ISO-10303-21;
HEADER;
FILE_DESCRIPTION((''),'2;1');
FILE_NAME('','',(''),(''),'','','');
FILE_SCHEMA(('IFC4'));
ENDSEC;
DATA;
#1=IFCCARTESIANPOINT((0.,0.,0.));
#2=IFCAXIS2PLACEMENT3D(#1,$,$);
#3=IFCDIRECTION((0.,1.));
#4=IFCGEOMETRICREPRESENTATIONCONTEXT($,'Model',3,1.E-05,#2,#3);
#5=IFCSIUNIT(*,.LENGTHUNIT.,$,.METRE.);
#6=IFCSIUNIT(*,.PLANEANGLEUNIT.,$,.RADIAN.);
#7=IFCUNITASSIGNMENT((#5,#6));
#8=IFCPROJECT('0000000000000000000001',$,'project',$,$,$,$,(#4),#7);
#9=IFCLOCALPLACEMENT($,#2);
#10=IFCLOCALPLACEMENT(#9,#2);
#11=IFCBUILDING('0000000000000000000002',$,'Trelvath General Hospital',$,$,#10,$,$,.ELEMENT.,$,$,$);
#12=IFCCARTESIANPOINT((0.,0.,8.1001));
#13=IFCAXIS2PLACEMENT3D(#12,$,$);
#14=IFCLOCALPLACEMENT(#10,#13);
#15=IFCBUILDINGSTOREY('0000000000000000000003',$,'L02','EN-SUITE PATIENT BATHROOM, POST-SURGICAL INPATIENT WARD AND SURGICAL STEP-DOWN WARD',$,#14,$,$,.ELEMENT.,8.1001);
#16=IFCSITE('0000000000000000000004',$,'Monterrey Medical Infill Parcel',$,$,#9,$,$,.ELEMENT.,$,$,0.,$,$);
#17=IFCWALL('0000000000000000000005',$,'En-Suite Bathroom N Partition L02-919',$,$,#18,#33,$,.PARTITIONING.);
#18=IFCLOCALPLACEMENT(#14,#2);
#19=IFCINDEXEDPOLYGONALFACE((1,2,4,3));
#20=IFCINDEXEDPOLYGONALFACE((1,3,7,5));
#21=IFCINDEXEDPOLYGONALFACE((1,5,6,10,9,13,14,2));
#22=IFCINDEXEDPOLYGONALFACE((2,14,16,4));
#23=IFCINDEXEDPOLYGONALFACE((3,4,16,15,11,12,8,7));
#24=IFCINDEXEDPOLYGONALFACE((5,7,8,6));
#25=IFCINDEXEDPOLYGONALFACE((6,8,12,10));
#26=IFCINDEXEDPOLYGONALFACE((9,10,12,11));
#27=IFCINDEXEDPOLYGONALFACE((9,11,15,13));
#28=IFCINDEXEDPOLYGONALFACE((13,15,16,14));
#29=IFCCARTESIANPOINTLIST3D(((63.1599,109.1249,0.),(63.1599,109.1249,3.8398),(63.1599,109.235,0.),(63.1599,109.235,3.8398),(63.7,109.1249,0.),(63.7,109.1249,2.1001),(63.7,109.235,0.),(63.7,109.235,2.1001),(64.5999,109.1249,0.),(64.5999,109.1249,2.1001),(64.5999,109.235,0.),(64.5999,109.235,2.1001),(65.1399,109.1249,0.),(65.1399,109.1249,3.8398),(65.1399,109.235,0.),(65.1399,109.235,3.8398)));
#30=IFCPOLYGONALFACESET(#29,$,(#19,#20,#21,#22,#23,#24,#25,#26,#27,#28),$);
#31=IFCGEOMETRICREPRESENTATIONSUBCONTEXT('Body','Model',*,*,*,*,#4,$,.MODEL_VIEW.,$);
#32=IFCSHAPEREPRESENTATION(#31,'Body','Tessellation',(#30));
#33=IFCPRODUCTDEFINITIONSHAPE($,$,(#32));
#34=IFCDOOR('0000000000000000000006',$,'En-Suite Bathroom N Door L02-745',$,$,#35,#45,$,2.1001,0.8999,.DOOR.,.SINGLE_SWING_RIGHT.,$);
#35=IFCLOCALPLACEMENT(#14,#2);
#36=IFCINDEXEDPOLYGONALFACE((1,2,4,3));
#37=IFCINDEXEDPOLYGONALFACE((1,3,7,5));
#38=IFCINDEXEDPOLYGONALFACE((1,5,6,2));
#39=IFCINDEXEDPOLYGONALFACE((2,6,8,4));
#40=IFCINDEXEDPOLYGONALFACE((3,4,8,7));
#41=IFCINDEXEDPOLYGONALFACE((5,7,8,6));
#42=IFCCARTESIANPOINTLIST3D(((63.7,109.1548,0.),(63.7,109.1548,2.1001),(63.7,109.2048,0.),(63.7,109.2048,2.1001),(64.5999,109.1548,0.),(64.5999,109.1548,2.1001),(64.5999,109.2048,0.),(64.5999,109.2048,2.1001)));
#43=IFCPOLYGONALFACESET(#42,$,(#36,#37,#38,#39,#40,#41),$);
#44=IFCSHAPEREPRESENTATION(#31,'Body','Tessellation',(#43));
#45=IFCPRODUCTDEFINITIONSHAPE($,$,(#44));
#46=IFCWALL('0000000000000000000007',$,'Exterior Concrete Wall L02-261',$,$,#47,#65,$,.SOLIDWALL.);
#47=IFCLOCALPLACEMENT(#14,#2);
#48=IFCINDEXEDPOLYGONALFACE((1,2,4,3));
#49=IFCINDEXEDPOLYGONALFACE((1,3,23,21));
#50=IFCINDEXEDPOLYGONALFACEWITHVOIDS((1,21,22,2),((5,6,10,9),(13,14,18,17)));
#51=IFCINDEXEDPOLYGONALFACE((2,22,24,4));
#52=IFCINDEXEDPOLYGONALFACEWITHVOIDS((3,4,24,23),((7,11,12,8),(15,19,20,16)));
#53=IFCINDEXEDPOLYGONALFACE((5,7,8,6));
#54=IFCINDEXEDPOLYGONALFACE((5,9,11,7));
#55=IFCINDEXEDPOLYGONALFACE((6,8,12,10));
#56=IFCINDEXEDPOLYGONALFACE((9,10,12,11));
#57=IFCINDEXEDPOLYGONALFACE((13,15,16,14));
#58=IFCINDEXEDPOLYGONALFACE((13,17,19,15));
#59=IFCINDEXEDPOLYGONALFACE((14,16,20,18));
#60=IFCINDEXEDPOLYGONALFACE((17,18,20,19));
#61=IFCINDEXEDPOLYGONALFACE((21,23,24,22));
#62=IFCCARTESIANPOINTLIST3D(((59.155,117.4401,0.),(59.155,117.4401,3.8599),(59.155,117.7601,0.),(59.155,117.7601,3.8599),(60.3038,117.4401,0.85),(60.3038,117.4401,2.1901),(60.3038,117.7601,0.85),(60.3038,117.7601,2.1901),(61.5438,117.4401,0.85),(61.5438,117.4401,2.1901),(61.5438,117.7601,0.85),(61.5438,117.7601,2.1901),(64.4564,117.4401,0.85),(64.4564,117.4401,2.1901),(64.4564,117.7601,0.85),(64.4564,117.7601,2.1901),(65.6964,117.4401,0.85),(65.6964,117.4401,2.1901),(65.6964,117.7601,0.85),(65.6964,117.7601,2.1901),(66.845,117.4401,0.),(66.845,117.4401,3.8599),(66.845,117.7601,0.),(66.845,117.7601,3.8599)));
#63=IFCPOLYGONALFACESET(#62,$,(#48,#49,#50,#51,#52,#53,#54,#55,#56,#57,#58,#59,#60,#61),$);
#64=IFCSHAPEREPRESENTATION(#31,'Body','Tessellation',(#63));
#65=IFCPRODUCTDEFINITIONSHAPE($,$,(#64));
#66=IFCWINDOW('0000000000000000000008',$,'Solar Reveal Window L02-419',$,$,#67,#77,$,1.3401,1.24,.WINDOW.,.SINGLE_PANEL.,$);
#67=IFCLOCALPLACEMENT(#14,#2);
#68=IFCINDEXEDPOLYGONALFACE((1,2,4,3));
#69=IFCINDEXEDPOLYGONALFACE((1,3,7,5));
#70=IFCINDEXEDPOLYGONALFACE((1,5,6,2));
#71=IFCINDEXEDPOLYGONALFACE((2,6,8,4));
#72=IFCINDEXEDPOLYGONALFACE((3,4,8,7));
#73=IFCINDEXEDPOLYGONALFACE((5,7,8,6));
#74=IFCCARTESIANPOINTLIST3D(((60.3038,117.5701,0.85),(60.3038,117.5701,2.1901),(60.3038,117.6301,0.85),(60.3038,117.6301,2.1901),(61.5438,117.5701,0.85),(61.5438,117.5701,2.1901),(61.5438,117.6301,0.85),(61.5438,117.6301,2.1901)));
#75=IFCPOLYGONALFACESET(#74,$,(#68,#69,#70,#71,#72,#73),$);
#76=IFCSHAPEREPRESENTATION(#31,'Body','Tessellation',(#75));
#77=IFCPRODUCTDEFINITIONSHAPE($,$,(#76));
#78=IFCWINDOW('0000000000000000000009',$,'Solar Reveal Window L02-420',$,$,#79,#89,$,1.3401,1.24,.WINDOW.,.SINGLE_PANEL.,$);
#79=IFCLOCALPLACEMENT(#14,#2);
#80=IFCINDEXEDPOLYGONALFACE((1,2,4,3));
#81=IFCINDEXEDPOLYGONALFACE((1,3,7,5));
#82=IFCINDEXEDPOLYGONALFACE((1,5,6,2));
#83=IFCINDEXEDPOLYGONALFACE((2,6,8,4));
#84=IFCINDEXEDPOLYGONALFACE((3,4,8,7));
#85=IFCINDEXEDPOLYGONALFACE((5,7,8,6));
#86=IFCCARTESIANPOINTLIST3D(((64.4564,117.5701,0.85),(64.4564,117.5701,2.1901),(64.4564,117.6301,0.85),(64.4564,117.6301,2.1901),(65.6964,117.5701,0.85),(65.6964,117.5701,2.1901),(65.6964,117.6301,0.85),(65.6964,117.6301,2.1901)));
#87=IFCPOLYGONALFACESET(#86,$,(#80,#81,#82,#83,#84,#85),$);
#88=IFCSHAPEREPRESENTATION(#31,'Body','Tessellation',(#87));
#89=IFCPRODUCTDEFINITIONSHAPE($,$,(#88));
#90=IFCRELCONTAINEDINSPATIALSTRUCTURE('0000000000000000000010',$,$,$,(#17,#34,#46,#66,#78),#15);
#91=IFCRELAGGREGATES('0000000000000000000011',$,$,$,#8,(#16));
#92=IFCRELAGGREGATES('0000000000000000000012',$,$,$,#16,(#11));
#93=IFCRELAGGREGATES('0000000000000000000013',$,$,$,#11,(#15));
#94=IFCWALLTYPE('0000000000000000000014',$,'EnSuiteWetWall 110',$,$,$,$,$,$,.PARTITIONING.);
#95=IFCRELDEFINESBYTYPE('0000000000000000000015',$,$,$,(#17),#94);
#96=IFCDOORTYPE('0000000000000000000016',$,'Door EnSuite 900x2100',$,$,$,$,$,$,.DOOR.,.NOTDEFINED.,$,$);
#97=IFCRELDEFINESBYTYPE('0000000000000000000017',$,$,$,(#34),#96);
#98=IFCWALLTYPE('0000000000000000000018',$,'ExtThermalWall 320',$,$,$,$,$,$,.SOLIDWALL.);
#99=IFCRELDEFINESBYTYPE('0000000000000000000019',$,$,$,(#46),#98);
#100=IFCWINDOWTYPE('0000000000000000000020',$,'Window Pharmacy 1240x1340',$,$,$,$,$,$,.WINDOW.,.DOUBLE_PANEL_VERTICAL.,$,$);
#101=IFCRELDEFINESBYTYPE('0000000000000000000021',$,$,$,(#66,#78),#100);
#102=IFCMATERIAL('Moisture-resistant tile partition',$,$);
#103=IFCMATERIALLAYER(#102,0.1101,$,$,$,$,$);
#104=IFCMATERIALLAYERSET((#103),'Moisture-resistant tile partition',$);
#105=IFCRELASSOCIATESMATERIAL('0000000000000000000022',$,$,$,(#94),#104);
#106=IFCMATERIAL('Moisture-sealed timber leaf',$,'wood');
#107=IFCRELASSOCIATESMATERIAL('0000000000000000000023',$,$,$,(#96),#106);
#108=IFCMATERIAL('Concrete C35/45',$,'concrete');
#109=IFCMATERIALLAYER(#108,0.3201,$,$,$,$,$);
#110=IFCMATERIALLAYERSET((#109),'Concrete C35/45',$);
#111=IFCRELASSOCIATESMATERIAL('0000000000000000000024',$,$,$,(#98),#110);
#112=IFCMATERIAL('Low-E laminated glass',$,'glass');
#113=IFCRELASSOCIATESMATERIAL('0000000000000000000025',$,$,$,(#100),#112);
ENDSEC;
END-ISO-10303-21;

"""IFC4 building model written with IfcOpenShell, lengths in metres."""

from ifc_helpers import new_model, si_unit, direction, frame, frame_2d, origin, place, context, subcontext, project, spatial, rectangle, extrude, material, layer, layer_set, type_object, element, fill, save


model = new_model("IFC4")

# Units and contexts
model_context = context("Model", 3, precision=1e-05, world=origin(), true_north=direction((0.0, 1.0)))
body_context = subcontext(model_context, "Body", "Model", "MODEL_VIEW")
ifc_project = project(units=[si_unit("LENGTHUNIT", "METRE"), si_unit("PLANEANGLEUNIT", "RADIAN")], contexts=[model_context])

# Site, building, storey
site_placement = place(None, origin())
site = spatial("IfcSite", under=ifc_project, at=site_placement, Name="Monterrey Medical Infill Parcel", CompositionType="ELEMENT", RefElevation=0.0)
building_placement = place(site_placement, origin())
building = spatial("IfcBuilding", under=site, at=building_placement, Name="Trelvath General Hospital", CompositionType="ELEMENT")
storey_placement = place(building_placement, frame((0.0, 0.0, 8.1001)))
storey = spatial("IfcBuildingStorey", under=building, at=storey_placement, Name="L02", Description="EN-SUITE PATIENT BATHROOM, POST-SURGICAL INPATIENT WARD AND SURGICAL STEP-DOWN WARD", CompositionType="ELEMENT", Elevation=8.1001)

# Shared definitions
ifc_material_1 = material(Name="Moisture-resistant tile partition")
ifc_layer_1 = layer(ifc_material_1, 0.1101)
ifc_layer_set_1 = layer_set([ifc_layer_1], Name="Moisture-resistant tile partition")
wall_type_1 = type_object("IfcWallType", Name="EnSuiteWetWall 110", PredefinedType="PARTITIONING", material=ifc_layer_set_1)
ifc_material_2 = material(Name="Moisture-sealed timber leaf", Category="wood")
door_type = type_object("IfcDoorType", Name="Door EnSuite 900x2100", OperationType="NOTDEFINED", PredefinedType="DOOR", material=ifc_material_2)

# Wall, opening, door
wall_1_placement = place(storey_placement, frame((63.1599, 109.1799, 0.0), z_axis=(0.0, 0.0, 1.0), x_axis=(1.0, 0.0, 0.0)))
wall_1 = element("IfcWall", 1, at=wall_1_placement, inside=storey, type_object=wall_type_1, Name="En-Suite Bathroom N Partition L02-919", PredefinedType="PARTITIONING", context=body_context, shape_type="SweptSolid", body=[
    extrude(rectangle(XDim=1.98, YDim=0.1101, at=frame_2d((0.99, 0.0))), origin(), (0.0, 0.0, 1.0), 3.8398),
])
opening_1_placement = place(wall_1_placement, frame((0.54, 0.0, 0.0)))
opening_1 = element("IfcOpeningElement", 2, at=opening_1_placement, cuts=wall_1, PredefinedType="OPENING", context=body_context, shape_type="SweptSolid", body=[
    extrude(rectangle(XDim=0.8999, YDim=2.1001, at=frame_2d((0.45, 1.05))), frame((0.0, 0.0649, 0.0), z_axis=(0.0, -1.0, 0.0), x_axis=(1.0, 0.0, 0.0)), (0.0, 0.0, 1.0), 0.1301),
])
door_1_placement = place(opening_1_placement, origin())
door_1 = element("IfcDoor", 3, at=door_1_placement, inside=storey, type_object=door_type, Name="En-Suite Bathroom N Door L02-745", OperationType="SINGLE_SWING_RIGHT", OverallHeight=2.1001, OverallWidth=0.8999, PredefinedType="DOOR", context=body_context, shape_type="SweptSolid", body=[
    extrude(rectangle(XDim=0.8999, YDim=2.1001, at=frame_2d((0.45, 1.05))), frame((0.0, 0.0249, 0.0), z_axis=(0.0, -1.0, 0.0), x_axis=(1.0, 0.0, 0.0)), (0.0, 0.0, 1.0), 0.05),
])
fill(opening_1, door_1)

# Wall, openings, windows
ifc_material_3 = material(Name="Concrete C35/45", Category="concrete")
ifc_layer_2 = layer(ifc_material_3, 0.3201)
ifc_layer_set_2 = layer_set([ifc_layer_2], Name="Concrete C35/45")
wall_type_2 = type_object("IfcWallType", Name="ExtThermalWall 320", PredefinedType="SOLIDWALL", material=ifc_layer_set_2)
wall_2_placement = place(storey_placement, frame((59.155, 117.6001, 0.0), z_axis=(0.0, 0.0, 1.0), x_axis=(1.0, 0.0, 0.0)))
wall_2 = element("IfcWall", 4, at=wall_2_placement, inside=storey, type_object=wall_type_2, Name="Exterior Concrete Wall L02-261", PredefinedType="SOLIDWALL", context=body_context, shape_type="SweptSolid", body=[
    extrude(rectangle(XDim=7.6899, YDim=0.3201, at=frame_2d((3.845, 0.0))), origin(), (0.0, 0.0, 1.0), 3.8599),
])
opening_2_placement = place(wall_2_placement, frame((1.1487, 0.0, 0.8501)))
opening_2 = element("IfcOpeningElement", 5, at=opening_2_placement, cuts=wall_2, PredefinedType="OPENING", context=body_context, shape_type="SweptSolid", body=[
    extrude(rectangle(XDim=1.24, YDim=1.3401, at=frame_2d((0.6201, 0.6699))), frame((0.0, 0.1699, 0.0), z_axis=(0.0, -1.0, 0.0), x_axis=(1.0, 0.0, 0.0)), (0.0, 0.0, 1.0), 0.3401),
])
opening_3_placement = place(wall_2_placement, frame((5.3013, 0.0, 0.8501)))
opening_3 = element("IfcOpeningElement", 6, at=opening_3_placement, cuts=wall_2, PredefinedType="OPENING", context=body_context, shape_type="SweptSolid", body=[
    extrude(rectangle(XDim=1.24, YDim=1.3401, at=frame_2d((0.6201, 0.6699))), frame((0.0, 0.1699, 0.0), z_axis=(0.0, -1.0, 0.0), x_axis=(1.0, 0.0, 0.0)), (0.0, 0.0, 1.0), 0.3401),
])
ifc_material_4 = material(Name="Low-E laminated glass", Category="glass")
window_type = type_object("IfcWindowType", Name="Window Pharmacy 1240x1340", PartitioningType="DOUBLE_PANEL_VERTICAL", PredefinedType="WINDOW", material=ifc_material_4)
window_1_placement = place(opening_2_placement, origin())
window_1 = element("IfcWindow", 7, at=window_1_placement, inside=storey, type_object=window_type, Name="Solar Reveal Window L02-419", OverallHeight=1.3401, OverallWidth=1.24, PartitioningType="SINGLE_PANEL", PredefinedType="WINDOW", context=body_context, shape_type="SweptSolid", body=[
    extrude(rectangle(XDim=1.24, YDim=1.3401, at=frame_2d((0.6201, 0.6699))), frame((0.0, 0.03, 0.0), z_axis=(0.0, -1.0, 0.0), x_axis=(1.0, 0.0, 0.0)), (0.0, 0.0, 1.0), 0.0601),
])
fill(opening_2, window_1)
window_2_placement = place(opening_3_placement, origin())
window_2 = element("IfcWindow", 8, at=window_2_placement, inside=storey, type_object=window_type, Name="Solar Reveal Window L02-420", OverallHeight=1.3401, OverallWidth=1.24, PartitioningType="SINGLE_PANEL", PredefinedType="WINDOW", context=body_context, shape_type="SweptSolid", body=[
    extrude(rectangle(XDim=1.24, YDim=1.3401, at=frame_2d((0.6201, 0.6699))), frame((0.0, 0.03, 0.0), z_axis=(0.0, -1.0, 0.0), x_axis=(1.0, 0.0, 0.0)), (0.0, 0.0, 1.0), 0.0601),
])
fill(opening_3, window_2)

save(model, "model.ifc")
